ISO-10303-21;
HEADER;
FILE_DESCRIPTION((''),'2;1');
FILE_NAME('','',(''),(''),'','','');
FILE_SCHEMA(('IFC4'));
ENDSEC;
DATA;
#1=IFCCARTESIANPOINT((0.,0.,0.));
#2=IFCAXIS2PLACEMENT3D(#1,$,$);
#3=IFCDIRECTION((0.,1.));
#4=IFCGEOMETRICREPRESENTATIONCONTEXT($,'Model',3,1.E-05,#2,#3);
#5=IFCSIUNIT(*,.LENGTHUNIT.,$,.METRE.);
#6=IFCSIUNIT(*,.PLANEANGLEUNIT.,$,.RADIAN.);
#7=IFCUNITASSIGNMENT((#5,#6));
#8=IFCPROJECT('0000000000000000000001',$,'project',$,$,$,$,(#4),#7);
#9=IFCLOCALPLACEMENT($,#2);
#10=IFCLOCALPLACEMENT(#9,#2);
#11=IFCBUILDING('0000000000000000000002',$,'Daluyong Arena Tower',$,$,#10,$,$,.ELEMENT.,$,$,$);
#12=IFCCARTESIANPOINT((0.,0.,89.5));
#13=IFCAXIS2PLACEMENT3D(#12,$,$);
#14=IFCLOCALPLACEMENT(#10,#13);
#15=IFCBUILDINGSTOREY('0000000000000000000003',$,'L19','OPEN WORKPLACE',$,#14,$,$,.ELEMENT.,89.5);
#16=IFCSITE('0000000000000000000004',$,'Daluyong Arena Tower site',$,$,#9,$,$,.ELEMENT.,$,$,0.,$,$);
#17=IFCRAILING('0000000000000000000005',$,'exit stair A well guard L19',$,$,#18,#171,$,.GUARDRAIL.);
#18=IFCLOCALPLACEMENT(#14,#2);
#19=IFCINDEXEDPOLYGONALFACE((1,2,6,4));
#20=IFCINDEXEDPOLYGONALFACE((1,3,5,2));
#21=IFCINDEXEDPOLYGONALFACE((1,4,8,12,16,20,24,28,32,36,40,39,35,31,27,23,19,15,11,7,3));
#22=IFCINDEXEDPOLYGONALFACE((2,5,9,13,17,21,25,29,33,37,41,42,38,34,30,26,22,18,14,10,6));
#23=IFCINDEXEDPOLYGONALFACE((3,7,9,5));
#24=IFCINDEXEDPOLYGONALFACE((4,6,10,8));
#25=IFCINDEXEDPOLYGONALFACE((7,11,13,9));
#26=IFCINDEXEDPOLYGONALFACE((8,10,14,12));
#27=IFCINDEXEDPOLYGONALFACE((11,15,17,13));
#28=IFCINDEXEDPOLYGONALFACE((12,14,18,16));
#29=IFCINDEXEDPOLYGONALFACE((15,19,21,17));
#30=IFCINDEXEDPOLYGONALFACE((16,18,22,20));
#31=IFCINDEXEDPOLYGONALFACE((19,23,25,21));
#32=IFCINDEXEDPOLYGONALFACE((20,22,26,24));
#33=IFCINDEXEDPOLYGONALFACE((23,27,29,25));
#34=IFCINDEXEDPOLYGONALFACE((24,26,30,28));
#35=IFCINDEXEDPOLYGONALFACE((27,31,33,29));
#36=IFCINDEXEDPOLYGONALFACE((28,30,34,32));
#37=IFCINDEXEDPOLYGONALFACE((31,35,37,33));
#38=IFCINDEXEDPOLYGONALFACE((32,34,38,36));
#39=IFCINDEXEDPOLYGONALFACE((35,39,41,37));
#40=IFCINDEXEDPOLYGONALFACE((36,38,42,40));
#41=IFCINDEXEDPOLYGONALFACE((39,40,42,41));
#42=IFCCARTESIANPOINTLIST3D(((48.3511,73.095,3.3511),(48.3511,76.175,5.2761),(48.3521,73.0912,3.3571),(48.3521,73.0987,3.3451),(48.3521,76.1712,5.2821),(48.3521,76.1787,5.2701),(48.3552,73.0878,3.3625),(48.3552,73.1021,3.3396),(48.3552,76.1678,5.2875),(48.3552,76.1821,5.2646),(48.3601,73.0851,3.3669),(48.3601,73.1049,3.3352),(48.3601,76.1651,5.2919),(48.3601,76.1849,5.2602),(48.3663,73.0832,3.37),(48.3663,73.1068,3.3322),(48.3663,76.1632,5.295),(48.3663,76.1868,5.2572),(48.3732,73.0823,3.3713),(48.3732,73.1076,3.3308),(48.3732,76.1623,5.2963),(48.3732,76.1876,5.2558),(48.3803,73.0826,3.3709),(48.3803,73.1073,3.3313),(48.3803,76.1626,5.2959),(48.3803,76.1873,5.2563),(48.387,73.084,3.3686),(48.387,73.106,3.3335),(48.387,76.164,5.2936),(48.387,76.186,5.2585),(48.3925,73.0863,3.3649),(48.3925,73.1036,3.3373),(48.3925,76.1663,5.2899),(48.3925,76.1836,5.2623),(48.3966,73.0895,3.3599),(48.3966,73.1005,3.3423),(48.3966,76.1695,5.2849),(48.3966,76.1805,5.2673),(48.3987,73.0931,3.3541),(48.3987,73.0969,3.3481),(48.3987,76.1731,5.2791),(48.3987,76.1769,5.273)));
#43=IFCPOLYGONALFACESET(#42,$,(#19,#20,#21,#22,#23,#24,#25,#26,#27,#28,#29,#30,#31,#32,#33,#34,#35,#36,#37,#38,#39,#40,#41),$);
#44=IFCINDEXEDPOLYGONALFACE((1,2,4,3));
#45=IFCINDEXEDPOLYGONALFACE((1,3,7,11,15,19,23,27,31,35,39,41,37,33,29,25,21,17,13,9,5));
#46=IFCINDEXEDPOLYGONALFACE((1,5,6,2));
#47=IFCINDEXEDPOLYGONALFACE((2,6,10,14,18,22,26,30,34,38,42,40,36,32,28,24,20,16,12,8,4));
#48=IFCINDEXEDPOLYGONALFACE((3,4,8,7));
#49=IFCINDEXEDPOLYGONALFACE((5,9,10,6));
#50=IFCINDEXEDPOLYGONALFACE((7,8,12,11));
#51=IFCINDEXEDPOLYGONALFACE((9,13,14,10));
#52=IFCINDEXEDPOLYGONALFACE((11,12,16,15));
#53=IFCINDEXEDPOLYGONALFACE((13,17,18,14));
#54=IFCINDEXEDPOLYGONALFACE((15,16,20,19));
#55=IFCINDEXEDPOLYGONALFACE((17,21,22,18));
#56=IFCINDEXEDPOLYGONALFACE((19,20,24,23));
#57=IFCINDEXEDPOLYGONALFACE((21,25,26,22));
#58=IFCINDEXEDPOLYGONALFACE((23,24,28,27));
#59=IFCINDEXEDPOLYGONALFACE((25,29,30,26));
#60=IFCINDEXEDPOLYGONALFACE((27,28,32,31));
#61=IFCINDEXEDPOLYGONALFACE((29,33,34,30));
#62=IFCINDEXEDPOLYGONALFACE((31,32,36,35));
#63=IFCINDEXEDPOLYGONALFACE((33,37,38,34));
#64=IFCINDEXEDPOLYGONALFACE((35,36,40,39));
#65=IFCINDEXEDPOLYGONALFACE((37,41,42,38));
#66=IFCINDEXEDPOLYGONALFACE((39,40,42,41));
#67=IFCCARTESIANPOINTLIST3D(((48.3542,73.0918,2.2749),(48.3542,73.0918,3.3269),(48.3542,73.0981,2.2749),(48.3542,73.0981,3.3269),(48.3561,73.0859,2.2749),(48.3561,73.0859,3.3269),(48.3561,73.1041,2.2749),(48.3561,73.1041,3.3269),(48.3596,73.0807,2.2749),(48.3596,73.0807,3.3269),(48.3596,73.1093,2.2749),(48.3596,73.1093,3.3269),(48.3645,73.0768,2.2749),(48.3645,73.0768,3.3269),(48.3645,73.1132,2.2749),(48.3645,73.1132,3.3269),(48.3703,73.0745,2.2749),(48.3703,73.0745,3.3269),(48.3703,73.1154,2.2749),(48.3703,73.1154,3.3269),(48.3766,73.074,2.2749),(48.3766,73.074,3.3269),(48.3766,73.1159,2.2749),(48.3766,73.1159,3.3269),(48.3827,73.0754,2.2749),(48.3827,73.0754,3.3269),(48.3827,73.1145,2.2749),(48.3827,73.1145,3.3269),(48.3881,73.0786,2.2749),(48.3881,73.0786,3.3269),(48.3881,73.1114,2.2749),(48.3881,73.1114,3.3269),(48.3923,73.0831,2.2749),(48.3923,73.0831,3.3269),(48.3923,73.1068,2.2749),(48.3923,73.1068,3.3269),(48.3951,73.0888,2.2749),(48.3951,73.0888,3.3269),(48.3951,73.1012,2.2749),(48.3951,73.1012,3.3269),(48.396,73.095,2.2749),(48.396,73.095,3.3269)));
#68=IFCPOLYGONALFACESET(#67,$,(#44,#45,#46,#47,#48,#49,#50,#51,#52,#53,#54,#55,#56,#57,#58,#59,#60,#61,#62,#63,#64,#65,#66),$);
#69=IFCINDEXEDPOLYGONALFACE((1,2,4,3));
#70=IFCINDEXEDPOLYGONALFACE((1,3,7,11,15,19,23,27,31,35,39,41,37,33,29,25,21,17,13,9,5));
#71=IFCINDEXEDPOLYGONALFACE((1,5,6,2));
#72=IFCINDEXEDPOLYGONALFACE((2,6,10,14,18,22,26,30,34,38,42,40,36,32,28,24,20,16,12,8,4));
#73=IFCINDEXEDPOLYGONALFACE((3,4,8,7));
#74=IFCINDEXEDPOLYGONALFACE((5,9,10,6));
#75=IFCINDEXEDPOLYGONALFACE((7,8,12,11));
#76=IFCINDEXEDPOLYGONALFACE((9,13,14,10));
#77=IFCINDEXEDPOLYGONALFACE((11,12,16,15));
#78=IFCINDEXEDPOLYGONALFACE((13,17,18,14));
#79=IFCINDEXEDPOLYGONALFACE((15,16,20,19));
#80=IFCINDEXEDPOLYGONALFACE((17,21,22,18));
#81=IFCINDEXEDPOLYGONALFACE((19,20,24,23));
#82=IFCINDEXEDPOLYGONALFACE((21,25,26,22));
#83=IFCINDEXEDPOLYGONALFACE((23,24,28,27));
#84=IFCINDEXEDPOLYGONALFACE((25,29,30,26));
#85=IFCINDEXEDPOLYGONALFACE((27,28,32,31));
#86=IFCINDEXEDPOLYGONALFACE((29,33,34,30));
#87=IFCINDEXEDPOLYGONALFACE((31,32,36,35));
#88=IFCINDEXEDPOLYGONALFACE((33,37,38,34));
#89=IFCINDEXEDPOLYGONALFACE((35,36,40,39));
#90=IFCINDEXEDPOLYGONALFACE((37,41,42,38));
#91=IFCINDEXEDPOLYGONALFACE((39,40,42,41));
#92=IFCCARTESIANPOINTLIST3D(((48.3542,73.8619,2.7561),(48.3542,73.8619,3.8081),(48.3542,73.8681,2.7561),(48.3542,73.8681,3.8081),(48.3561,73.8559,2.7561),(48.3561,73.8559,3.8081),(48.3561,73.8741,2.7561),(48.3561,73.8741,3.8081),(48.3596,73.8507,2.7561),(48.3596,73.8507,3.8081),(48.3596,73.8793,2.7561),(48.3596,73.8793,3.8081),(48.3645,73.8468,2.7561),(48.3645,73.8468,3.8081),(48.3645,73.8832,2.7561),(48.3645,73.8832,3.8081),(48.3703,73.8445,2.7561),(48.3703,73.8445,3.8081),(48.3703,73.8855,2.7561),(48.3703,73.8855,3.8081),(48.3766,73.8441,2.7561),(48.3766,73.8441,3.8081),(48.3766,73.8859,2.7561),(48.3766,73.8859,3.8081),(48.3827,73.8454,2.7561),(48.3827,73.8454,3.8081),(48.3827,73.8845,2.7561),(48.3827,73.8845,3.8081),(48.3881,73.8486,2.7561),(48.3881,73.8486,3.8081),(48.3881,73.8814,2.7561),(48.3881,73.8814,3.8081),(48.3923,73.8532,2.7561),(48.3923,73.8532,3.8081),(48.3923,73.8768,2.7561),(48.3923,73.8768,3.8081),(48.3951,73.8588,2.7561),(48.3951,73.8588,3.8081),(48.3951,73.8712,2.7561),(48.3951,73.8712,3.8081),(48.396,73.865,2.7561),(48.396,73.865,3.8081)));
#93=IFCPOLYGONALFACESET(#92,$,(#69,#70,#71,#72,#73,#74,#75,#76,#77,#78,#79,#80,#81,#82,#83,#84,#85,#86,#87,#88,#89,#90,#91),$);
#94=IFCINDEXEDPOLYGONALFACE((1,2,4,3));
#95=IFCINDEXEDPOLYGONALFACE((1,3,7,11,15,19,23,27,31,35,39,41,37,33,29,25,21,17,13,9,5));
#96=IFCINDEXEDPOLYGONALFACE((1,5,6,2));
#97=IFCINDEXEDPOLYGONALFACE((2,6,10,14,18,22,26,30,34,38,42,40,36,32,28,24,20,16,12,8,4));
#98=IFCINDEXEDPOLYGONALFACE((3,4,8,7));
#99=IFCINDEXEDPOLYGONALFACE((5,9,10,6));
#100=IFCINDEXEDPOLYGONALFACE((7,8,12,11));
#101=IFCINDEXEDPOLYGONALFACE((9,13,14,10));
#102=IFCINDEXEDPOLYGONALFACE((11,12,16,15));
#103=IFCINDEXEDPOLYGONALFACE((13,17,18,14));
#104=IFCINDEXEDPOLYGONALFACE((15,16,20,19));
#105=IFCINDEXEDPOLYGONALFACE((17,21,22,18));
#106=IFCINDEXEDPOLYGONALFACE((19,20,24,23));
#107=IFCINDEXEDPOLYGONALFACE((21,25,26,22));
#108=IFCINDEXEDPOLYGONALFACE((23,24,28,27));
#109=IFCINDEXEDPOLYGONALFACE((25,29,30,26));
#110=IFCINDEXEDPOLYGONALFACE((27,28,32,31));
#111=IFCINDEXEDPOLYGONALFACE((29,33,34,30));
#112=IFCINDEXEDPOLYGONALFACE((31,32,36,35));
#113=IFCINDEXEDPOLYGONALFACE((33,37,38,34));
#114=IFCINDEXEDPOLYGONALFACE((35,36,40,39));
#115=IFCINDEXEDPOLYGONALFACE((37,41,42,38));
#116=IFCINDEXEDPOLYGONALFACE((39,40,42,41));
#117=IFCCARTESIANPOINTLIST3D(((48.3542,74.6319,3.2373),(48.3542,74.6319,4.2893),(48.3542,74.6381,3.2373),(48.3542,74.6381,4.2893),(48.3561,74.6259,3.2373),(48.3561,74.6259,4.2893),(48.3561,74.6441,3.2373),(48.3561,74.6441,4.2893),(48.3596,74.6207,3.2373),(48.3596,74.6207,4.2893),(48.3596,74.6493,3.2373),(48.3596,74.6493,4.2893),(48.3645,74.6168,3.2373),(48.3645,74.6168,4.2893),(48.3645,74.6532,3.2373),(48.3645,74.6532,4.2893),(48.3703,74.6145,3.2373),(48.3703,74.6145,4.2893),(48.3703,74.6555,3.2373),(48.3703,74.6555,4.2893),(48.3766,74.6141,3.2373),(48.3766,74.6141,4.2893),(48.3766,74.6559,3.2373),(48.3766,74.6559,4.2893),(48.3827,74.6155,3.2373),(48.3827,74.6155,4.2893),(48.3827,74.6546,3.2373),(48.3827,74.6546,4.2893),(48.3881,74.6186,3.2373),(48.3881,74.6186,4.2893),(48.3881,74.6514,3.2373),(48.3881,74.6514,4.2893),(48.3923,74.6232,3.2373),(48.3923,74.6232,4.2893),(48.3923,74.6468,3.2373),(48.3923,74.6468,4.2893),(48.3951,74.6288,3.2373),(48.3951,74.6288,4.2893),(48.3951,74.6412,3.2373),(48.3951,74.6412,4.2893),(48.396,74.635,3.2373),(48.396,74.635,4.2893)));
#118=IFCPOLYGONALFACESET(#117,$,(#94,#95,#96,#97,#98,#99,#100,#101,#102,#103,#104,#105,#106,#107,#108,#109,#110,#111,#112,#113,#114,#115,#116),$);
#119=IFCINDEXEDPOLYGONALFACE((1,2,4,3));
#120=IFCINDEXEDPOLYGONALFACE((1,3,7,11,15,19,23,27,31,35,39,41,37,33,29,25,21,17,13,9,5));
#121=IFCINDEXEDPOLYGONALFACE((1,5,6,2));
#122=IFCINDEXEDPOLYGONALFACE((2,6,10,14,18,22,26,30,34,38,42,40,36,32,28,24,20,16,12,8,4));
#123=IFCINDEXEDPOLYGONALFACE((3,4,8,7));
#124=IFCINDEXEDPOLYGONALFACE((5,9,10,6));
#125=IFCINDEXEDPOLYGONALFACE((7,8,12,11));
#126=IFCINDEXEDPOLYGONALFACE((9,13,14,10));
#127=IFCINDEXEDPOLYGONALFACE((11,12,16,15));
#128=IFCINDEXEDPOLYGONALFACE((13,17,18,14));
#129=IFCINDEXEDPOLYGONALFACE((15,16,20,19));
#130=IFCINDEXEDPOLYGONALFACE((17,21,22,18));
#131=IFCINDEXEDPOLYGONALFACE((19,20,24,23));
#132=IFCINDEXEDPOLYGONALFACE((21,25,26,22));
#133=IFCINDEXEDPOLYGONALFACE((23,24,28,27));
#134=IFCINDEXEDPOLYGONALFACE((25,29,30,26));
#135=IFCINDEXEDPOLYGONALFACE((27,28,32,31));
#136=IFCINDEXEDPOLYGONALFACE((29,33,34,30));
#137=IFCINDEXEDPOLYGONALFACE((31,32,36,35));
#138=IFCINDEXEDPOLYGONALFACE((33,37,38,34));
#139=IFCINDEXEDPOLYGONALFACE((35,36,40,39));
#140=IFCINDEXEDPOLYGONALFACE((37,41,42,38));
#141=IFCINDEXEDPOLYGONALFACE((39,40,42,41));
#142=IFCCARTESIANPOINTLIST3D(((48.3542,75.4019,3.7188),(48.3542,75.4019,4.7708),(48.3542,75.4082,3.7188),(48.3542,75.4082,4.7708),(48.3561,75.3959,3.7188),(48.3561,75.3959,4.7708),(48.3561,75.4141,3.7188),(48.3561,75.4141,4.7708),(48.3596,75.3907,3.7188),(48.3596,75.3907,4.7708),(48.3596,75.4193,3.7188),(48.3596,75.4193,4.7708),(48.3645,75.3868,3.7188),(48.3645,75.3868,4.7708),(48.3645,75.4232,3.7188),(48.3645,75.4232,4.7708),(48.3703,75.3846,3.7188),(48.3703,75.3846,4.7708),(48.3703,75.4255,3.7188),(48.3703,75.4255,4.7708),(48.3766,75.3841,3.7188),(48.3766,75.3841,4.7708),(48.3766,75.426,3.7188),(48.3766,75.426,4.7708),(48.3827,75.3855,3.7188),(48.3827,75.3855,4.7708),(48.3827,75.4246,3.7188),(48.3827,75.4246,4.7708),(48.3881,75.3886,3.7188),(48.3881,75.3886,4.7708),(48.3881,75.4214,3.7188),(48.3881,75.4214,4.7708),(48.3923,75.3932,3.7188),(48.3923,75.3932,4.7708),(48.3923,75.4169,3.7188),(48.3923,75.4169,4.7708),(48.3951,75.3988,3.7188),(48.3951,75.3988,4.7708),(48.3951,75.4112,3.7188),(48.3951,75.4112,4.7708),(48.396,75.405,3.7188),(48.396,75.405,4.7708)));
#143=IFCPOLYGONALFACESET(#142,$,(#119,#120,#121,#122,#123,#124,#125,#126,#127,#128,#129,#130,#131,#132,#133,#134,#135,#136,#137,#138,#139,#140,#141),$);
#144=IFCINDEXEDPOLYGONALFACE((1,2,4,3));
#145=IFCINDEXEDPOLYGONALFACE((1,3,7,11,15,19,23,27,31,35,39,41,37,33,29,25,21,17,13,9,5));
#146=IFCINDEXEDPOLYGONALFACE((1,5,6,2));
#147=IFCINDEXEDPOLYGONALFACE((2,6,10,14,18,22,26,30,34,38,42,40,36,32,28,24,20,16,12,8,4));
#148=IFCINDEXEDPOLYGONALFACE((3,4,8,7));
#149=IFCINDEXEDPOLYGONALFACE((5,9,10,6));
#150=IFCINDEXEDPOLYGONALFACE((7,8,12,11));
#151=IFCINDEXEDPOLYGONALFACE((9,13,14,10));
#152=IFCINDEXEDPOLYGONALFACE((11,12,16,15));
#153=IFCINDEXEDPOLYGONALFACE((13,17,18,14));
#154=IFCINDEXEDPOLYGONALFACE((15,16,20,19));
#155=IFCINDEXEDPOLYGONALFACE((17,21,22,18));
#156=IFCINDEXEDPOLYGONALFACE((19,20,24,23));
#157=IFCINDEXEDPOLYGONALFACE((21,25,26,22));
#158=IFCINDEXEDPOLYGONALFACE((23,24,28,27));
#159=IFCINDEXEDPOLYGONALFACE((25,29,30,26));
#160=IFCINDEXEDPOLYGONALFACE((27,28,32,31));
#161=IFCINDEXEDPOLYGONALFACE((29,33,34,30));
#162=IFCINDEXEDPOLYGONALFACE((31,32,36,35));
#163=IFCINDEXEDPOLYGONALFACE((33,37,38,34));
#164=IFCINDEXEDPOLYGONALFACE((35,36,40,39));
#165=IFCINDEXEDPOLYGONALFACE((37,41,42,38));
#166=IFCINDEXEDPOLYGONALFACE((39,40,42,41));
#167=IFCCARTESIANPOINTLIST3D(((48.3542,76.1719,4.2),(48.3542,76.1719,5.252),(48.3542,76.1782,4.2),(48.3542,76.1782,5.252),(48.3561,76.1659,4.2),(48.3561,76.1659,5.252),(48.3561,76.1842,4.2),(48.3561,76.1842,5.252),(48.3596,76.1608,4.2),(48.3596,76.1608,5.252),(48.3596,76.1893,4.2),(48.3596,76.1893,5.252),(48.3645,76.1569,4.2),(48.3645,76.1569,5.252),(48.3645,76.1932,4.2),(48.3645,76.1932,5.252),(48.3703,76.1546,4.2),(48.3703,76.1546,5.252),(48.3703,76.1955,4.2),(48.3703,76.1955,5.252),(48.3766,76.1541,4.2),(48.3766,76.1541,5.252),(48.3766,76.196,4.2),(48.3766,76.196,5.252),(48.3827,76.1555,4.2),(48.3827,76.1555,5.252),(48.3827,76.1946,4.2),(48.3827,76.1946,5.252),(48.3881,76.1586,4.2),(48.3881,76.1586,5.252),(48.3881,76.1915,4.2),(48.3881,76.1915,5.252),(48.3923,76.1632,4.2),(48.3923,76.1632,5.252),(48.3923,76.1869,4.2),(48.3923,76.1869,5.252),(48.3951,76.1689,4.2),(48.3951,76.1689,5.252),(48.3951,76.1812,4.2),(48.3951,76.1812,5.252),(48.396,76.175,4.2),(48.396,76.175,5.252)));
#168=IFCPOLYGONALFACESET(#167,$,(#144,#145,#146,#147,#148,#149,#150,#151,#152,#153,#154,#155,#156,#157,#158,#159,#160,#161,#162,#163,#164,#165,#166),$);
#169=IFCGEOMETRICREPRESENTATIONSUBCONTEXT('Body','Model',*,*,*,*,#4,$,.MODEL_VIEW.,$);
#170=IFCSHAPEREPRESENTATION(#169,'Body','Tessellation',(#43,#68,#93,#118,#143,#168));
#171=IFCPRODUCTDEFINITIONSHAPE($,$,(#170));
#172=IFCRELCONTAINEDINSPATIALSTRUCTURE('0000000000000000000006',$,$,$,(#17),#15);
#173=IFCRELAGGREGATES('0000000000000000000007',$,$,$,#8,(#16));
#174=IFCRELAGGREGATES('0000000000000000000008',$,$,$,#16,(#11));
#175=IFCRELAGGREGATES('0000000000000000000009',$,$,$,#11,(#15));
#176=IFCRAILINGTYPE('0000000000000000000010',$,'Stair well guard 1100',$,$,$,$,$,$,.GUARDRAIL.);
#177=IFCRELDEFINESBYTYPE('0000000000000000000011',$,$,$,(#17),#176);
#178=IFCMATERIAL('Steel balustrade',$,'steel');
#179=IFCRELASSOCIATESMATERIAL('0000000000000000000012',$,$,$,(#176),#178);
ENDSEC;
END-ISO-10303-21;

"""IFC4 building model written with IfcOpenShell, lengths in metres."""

from ifc_helpers import new_model, si_unit, direction, frame, origin, origin_2d, place, context, subcontext, project, spatial, circle, extrude, material, type_object, element, save


model = new_model("IFC4")

# Units and contexts
model_context = context("Model", 3, precision=1e-05, world=origin(), true_north=direction((0.0, 1.0)))
body_context = subcontext(model_context, "Body", "Model", "MODEL_VIEW")
ifc_project = project(units=[si_unit("LENGTHUNIT", "METRE"), si_unit("PLANEANGLEUNIT", "RADIAN")], contexts=[model_context])

# Site, building, storey
site_placement = place(None, origin())
site = spatial("IfcSite", under=ifc_project, at=site_placement, Name="Daluyong Arena Tower site", CompositionType="ELEMENT", RefElevation=0.0)
building_placement = place(site_placement, origin())
building = spatial("IfcBuilding", under=site, at=building_placement, Name="Daluyong Arena Tower", CompositionType="ELEMENT")
storey_placement = place(building_placement, frame((0.0, 0.0, 89.5)))
storey = spatial("IfcBuildingStorey", under=building, at=storey_placement, Name="L19", Description="OPEN WORKPLACE", CompositionType="ELEMENT", Elevation=89.5)

# Railing
ifc_material_1 = material(Name="Steel balustrade", Category="steel")
railing_type_1 = type_object("IfcRailingType", Name="Stair well guard 1100", PredefinedType="GUARDRAIL", material=ifc_material_1)
railing_1_placement = place(storey_placement, frame((48.375, 73.095, 2.2749)))
element("IfcRailing", 1, at=railing_1_placement, inside=storey, type_object=railing_type_1, Name="exit stair A well guard L19", PredefinedType="GUARDRAIL", context=body_context, shape_type="SweptSolid", body=[
    extrude(circle(Radius=0.0239, at=origin_2d()), frame((0.0, 0.0, 1.0762), z_axis=(0.0, 0.847998, 0.529999), x_axis=(-1.0, 0.0, 0.0)), (0.0, 0.0, 1.0), 3.6321),
    extrude(circle(Radius=0.021, at=origin_2d()), origin(), (0.0, 0.0, 1.0), 1.052),
    extrude(circle(Radius=0.021, at=origin_2d()), frame((0.0, 0.77, 0.4812)), (0.0, 0.0, 1.0), 1.052),
    extrude(circle(Radius=0.021, at=origin_2d()), frame((0.0, 1.54, 0.9624)), (0.0, 0.0, 1.0), 1.052),
    extrude(circle(Radius=0.021, at=origin_2d()), frame((0.0, 2.3101, 1.4438)), (0.0, 0.0, 1.0), 1.052),
    extrude(circle(Radius=0.021, at=origin_2d()), frame((0.0, 3.0801, 1.925)), (0.0, 0.0, 1.0), 1.052),
])

save(model, "model.ifc")
